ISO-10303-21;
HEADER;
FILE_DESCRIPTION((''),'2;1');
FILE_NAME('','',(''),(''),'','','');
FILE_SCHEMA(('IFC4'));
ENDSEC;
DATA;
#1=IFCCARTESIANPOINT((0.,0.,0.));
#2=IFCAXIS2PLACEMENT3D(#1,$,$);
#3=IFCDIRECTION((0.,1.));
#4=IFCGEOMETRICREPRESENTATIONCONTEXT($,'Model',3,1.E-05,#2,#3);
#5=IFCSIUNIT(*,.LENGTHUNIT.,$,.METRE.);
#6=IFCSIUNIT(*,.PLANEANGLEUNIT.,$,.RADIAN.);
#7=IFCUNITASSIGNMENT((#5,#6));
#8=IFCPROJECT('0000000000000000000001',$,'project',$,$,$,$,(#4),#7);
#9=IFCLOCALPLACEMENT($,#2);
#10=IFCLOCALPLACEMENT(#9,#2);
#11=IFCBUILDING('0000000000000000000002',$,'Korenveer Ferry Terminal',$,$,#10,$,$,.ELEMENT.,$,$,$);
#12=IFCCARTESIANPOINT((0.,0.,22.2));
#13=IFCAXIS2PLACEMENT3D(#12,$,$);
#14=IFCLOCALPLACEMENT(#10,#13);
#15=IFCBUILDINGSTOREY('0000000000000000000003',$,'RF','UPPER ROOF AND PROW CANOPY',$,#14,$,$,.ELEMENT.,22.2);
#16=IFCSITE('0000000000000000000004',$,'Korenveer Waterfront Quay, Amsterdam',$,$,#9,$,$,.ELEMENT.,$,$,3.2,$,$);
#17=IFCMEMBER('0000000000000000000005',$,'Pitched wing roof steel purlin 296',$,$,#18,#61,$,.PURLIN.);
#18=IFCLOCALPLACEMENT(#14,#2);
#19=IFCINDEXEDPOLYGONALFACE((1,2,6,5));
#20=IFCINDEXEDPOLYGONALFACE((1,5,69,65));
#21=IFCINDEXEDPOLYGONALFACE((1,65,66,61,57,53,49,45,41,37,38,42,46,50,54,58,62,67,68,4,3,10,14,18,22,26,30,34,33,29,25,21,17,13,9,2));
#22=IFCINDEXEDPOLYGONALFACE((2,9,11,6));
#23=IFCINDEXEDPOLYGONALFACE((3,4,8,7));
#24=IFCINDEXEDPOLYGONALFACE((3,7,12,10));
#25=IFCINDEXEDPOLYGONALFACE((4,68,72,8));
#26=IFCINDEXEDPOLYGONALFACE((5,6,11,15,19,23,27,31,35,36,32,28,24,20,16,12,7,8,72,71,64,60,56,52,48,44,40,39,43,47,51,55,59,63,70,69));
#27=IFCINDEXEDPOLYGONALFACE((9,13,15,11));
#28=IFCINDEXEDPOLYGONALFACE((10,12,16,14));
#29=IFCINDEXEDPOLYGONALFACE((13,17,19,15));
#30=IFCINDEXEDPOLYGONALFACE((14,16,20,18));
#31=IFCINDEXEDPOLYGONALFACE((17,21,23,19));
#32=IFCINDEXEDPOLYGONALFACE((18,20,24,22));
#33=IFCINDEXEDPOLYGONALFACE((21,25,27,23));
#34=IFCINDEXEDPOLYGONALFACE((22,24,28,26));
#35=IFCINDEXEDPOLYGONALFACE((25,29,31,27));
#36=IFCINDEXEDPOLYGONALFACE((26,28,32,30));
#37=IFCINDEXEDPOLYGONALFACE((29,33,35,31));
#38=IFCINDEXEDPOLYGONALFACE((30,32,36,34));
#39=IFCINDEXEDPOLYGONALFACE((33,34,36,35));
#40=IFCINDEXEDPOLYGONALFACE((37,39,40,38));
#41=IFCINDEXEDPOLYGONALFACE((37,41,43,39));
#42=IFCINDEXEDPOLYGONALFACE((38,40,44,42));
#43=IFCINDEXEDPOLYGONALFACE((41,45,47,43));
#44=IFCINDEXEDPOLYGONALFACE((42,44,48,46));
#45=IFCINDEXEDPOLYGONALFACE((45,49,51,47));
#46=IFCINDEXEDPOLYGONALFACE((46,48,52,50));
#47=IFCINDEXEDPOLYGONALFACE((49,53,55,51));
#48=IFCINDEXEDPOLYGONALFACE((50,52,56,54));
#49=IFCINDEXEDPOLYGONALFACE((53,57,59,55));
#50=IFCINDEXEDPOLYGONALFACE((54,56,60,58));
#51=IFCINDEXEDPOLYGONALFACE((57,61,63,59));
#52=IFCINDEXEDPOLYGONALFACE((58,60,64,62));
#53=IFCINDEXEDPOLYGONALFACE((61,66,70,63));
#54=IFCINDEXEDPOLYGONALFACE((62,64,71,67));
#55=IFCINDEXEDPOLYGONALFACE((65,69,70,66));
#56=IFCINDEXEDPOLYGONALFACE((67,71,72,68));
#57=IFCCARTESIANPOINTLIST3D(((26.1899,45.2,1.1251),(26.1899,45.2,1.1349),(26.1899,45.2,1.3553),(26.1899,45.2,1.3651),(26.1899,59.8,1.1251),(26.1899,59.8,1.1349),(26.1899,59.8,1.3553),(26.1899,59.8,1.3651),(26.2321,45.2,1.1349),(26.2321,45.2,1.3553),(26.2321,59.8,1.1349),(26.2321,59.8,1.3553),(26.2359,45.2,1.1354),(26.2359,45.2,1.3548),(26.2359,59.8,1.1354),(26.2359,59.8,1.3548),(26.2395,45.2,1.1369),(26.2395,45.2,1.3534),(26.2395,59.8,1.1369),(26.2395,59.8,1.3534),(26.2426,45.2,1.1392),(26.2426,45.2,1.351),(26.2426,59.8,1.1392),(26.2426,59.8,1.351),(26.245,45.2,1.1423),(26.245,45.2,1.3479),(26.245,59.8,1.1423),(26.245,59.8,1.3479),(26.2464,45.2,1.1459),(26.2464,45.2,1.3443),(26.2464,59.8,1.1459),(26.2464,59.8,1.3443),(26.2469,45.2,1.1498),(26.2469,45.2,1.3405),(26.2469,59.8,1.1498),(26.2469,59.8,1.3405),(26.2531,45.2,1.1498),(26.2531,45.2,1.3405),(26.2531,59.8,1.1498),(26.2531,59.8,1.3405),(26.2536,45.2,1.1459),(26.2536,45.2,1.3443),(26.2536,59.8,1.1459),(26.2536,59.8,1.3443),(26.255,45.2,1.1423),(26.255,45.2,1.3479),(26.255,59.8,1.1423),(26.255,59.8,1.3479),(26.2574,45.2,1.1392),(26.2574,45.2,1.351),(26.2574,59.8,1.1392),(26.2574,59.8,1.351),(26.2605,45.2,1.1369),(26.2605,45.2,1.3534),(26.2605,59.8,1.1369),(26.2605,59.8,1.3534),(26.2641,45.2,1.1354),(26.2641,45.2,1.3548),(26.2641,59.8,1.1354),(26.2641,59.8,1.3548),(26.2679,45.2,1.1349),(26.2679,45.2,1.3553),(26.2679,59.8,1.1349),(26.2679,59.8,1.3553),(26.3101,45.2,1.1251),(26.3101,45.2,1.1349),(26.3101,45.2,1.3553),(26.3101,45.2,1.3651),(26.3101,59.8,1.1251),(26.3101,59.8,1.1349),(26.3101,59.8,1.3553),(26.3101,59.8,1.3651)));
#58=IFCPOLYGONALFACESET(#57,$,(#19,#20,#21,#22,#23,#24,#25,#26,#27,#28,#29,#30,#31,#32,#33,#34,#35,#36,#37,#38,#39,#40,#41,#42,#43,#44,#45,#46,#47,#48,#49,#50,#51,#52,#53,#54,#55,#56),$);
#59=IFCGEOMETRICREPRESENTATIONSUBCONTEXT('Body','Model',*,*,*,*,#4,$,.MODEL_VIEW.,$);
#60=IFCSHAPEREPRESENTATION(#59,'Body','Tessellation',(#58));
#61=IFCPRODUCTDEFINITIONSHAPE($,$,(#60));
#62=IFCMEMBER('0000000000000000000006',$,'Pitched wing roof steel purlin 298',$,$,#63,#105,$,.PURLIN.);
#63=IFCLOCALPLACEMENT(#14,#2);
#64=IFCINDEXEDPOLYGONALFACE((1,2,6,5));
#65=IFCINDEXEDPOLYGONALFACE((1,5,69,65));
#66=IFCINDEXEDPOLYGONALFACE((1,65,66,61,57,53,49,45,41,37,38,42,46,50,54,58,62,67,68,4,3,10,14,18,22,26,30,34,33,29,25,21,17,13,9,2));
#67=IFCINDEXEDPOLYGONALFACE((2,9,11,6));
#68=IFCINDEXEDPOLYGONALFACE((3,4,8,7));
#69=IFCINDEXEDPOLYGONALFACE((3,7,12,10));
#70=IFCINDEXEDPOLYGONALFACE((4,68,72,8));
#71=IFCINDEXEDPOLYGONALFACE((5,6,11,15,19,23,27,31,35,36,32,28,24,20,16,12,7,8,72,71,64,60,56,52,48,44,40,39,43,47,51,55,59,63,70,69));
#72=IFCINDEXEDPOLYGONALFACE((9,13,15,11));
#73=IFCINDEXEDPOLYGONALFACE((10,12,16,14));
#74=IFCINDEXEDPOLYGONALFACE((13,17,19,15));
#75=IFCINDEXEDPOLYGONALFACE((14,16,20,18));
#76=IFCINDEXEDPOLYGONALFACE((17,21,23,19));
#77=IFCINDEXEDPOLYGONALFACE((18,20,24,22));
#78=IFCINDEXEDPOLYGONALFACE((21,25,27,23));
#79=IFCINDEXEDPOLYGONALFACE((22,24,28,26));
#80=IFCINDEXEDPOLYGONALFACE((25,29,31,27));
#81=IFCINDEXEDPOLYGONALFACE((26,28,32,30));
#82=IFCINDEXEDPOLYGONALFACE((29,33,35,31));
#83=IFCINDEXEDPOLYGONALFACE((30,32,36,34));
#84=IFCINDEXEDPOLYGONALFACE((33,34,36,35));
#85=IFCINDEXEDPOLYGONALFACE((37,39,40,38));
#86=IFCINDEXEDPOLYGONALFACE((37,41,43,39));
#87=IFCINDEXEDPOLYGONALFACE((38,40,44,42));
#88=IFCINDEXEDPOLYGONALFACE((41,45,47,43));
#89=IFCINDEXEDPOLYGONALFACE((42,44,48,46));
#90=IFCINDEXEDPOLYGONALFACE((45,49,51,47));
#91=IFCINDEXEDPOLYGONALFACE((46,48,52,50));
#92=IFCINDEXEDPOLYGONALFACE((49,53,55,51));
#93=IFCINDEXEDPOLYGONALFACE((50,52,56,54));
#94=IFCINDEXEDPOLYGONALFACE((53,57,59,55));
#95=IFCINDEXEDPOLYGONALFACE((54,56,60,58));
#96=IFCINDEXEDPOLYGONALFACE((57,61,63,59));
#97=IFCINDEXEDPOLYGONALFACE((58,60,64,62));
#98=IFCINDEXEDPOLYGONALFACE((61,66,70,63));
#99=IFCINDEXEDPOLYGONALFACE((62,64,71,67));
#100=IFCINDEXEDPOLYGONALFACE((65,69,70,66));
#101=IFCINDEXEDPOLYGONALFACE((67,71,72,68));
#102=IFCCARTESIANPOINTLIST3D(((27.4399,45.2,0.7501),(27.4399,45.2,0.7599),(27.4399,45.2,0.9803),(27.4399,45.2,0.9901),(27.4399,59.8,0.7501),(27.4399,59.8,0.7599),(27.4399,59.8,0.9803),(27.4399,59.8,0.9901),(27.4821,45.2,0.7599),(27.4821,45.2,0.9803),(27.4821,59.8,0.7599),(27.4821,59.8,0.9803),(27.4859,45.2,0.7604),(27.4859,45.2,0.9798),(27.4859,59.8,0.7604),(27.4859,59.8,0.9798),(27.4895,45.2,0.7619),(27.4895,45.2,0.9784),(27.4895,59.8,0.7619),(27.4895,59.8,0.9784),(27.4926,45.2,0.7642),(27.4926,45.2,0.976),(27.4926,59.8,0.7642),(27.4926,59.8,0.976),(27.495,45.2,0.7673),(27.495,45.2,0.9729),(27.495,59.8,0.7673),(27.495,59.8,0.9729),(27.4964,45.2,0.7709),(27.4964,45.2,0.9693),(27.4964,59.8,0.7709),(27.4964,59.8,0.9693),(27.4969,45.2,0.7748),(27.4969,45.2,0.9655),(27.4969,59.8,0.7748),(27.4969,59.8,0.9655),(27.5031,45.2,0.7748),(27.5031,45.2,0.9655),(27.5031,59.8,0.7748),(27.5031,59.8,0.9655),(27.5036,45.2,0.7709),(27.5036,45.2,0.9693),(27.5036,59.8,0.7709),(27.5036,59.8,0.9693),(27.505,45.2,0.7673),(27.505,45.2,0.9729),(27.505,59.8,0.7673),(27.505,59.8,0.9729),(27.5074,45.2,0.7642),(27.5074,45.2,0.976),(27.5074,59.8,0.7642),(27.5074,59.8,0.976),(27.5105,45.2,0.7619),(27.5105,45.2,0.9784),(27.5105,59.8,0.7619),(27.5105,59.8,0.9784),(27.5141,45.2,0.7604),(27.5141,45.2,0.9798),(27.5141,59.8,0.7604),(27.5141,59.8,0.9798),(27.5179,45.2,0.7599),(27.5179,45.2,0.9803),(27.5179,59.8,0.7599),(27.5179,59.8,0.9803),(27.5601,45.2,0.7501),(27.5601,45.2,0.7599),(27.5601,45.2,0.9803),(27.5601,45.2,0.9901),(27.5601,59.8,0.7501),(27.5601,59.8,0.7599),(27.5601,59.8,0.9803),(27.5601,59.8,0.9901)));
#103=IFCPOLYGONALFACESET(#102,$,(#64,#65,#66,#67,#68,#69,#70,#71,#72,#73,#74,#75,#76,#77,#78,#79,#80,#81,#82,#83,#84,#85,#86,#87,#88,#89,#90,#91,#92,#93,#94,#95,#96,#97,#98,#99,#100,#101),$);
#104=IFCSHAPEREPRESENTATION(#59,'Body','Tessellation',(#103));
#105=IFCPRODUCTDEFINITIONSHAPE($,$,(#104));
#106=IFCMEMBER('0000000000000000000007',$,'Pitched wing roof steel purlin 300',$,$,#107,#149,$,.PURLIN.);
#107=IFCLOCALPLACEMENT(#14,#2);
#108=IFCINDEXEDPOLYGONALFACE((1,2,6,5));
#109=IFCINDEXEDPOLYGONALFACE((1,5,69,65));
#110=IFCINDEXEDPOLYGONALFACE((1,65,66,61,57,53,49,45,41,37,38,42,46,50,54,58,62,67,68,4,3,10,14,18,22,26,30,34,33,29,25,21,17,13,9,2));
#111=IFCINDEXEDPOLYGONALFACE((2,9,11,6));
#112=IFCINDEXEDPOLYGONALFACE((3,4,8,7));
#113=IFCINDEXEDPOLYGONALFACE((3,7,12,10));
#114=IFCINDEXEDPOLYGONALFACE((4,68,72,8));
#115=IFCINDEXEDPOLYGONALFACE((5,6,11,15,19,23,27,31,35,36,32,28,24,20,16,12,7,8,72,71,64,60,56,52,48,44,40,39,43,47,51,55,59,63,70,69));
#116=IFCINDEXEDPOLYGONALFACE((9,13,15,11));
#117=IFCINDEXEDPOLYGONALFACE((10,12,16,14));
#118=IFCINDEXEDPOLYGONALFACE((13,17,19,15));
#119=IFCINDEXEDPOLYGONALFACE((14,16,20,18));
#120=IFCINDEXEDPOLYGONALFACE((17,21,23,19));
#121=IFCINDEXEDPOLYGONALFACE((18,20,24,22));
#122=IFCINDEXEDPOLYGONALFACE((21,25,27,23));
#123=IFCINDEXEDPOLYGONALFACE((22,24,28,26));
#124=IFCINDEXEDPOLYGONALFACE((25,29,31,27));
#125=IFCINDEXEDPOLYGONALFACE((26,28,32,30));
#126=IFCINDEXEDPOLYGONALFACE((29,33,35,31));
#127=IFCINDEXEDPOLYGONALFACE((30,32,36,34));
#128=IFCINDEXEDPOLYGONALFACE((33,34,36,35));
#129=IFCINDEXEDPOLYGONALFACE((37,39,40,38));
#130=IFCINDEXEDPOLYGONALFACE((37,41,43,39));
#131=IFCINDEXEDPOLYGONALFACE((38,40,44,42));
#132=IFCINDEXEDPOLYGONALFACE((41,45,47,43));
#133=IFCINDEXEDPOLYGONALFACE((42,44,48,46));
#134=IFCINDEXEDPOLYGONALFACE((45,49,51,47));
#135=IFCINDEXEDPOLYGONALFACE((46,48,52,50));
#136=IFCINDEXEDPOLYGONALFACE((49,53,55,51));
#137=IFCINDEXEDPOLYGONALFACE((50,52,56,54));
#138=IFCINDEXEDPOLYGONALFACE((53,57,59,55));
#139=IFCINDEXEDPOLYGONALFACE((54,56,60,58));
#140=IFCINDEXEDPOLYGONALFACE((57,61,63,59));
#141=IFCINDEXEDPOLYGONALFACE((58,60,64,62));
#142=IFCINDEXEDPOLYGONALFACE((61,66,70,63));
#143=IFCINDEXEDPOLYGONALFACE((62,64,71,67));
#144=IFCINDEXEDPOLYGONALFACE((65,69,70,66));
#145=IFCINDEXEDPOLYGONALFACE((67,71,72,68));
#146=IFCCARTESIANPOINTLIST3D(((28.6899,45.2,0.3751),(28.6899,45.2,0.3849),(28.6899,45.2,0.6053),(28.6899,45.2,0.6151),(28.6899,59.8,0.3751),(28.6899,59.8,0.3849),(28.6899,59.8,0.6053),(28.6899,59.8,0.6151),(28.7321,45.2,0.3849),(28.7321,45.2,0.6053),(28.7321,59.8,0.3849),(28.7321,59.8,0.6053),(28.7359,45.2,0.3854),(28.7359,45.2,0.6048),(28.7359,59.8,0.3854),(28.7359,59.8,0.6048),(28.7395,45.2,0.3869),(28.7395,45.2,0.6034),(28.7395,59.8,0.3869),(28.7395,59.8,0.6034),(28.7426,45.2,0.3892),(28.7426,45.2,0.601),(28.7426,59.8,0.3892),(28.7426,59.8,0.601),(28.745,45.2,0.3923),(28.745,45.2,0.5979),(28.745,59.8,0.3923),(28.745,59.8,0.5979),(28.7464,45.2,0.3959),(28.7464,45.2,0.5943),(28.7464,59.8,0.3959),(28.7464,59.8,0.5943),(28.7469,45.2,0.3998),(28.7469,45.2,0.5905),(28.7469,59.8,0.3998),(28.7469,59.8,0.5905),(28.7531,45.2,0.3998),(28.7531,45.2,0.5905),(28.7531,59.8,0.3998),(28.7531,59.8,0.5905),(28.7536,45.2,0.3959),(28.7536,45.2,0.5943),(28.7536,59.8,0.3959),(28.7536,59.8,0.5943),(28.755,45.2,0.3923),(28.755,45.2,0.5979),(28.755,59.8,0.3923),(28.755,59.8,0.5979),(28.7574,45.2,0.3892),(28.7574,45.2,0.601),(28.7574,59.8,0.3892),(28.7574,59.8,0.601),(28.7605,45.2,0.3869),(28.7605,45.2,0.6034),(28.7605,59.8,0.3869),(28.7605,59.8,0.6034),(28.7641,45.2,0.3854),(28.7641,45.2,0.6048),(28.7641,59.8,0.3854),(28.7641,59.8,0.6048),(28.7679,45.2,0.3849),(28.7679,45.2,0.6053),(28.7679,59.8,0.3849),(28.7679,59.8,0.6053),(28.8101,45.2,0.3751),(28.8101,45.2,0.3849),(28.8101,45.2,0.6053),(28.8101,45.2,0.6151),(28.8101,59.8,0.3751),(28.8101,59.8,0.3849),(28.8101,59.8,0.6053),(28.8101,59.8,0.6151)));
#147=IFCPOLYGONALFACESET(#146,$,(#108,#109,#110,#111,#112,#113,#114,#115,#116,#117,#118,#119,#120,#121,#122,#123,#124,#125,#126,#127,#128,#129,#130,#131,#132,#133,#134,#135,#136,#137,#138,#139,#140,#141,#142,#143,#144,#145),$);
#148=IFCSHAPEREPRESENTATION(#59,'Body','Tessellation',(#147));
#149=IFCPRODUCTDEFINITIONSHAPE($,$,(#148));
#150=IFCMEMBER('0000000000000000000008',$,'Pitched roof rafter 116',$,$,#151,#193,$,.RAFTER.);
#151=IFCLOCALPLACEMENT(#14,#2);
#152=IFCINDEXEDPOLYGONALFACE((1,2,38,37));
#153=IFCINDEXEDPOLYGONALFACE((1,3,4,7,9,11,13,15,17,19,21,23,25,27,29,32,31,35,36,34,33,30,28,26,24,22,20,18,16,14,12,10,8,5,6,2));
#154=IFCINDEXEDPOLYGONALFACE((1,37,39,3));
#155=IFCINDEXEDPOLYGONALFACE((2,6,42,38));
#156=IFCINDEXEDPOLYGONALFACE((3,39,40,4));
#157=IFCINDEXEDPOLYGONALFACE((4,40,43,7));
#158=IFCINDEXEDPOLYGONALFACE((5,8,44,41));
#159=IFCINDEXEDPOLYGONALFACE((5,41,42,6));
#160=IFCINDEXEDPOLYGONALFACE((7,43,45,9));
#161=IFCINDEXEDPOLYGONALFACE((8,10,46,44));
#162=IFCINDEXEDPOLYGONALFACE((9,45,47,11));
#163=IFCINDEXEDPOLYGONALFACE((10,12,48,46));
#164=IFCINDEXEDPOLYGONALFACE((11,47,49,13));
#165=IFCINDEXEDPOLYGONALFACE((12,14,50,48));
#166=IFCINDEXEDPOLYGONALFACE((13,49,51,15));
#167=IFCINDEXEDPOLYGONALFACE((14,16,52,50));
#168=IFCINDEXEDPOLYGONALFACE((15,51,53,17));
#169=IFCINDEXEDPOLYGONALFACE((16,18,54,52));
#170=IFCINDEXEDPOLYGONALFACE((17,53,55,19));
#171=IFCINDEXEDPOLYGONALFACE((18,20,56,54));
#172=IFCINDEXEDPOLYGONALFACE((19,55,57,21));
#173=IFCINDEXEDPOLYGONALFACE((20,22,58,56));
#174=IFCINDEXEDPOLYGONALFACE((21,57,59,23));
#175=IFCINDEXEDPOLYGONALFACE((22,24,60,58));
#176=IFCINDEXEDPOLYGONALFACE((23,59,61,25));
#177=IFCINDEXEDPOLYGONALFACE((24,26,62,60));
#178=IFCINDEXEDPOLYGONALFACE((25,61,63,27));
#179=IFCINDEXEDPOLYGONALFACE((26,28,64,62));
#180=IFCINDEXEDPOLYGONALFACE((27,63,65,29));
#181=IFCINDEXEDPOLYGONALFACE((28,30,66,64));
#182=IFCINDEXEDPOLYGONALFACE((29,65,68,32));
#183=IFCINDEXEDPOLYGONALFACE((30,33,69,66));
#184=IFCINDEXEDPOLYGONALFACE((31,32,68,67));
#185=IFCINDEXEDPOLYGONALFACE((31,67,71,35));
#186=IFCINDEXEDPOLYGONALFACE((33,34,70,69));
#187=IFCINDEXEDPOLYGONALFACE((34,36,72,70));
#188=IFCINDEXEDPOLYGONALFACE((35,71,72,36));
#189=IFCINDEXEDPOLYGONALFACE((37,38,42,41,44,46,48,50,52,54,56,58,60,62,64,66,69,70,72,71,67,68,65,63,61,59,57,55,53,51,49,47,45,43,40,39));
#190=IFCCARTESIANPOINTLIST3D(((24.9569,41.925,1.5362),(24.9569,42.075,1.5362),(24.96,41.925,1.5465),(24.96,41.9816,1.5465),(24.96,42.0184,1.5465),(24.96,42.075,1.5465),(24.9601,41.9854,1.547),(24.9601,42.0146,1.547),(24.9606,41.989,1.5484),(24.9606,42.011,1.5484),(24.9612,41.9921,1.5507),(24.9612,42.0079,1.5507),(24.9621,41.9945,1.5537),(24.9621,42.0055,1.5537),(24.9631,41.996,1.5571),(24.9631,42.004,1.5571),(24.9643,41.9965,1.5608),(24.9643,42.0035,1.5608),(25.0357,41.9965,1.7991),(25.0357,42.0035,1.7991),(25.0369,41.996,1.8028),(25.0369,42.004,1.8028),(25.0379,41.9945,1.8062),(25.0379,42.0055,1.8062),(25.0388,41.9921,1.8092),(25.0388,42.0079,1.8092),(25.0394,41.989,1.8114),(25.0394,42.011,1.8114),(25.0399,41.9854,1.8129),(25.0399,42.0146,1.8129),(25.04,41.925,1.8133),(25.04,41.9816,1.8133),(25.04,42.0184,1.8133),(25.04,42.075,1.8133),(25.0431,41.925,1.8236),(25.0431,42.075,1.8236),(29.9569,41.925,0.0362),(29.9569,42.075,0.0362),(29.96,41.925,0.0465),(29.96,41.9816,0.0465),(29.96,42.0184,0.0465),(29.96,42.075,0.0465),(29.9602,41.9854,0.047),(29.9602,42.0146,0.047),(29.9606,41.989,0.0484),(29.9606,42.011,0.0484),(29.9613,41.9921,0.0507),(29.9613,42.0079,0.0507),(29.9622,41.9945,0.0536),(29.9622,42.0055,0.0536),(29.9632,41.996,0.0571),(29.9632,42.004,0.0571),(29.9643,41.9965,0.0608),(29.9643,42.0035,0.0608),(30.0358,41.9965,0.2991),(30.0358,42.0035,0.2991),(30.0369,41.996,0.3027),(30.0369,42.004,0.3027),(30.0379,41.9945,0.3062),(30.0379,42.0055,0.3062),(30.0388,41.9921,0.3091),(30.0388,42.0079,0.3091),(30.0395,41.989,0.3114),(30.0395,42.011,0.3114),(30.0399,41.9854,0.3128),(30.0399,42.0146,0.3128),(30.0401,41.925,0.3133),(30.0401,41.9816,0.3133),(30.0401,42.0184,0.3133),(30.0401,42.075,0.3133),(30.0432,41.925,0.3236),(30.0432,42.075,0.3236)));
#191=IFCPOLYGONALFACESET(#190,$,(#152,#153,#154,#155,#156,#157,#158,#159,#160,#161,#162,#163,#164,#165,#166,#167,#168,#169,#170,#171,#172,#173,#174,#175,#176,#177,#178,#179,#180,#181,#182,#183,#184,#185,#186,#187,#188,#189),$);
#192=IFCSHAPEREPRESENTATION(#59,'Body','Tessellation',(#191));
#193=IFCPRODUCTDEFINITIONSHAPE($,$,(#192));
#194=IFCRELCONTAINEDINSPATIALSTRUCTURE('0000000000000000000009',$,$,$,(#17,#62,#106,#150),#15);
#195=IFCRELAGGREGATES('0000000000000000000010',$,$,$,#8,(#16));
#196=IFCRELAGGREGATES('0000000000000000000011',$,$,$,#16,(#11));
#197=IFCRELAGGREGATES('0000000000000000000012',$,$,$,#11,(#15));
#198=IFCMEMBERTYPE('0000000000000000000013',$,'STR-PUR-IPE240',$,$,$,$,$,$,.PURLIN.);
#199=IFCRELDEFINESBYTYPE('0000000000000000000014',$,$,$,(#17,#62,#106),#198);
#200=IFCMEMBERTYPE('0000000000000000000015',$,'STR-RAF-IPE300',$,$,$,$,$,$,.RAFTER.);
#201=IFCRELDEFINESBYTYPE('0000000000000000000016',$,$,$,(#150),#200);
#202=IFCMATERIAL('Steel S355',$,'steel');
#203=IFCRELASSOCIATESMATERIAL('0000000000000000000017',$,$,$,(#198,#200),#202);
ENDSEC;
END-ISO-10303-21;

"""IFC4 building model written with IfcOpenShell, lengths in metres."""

from ifc_helpers import new_model, si_unit, direction, frame, origin, origin_2d, place, context, subcontext, project, spatial, i_section, extrude, material, material_profile, profile_set, type_object, element, save


model = new_model("IFC4")

# Units and contexts
model_context = context("Model", 3, precision=1e-05, world=origin(), true_north=direction((0.0, 1.0)))
body_context = subcontext(model_context, "Body", "Model", "MODEL_VIEW")
ifc_project = project(units=[si_unit("LENGTHUNIT", "METRE"), si_unit("PLANEANGLEUNIT", "RADIAN")], contexts=[model_context])

# Site, building, storey
site_placement = place(None, origin())
site = spatial("IfcSite", under=ifc_project, at=site_placement, Name="Korenveer Waterfront Quay, Amsterdam", CompositionType="ELEMENT", RefElevation=3.2)
building_placement = place(site_placement, origin())
building = spatial("IfcBuilding", under=site, at=building_placement, Name="Korenveer Ferry Terminal", CompositionType="ELEMENT")
storey_placement = place(building_placement, frame((0.0, 0.0, 22.2)))
storey = spatial("IfcBuildingStorey", under=building, at=storey_placement, Name="RF", Description="UPPER ROOF AND PROW CANOPY", CompositionType="ELEMENT", Elevation=22.2)

# Shared definitions
ifc_material_1 = material(Name="Steel S355", Category="steel")

# Members
ifc_material_profile_1 = material_profile(ifc_material_1, i_section(OverallWidth=0.1201, OverallDepth=0.24, WebThickness=0.0061, FlangeThickness=0.0098, FilletRadius=0.0149, at=origin_2d()), Name="IPE 240")
ifc_profile_set_1 = profile_set([ifc_material_profile_1], Name="Steel S355")
member_type_1 = type_object("IfcMemberType", Name="STR-PUR-IPE240", PredefinedType="PURLIN", material=ifc_profile_set_1)
for number, where, z_axis, x_axis, name in (
    (1, (26.25, 45.2, 1.2451), (0.0, 1.0, 0.0), (-1.0, 0.0, 0.0), "Pitched wing roof steel purlin 296"),
    (2, (27.5, 45.2, 0.8701), (0.0, 1.0, 0.0), (-1.0, 0.0, 0.0), "Pitched wing roof steel purlin 298"),
    (3, (28.75, 45.2, 0.4951), (0.0, 1.0, 0.0), (-1.0, 0.0, 0.0), "Pitched wing roof steel purlin 300"),
):
    element("IfcMember", number, at=place(storey_placement, frame(where, z_axis=z_axis, x_axis=x_axis)), inside=storey, type_object=member_type_1, Name=name, PredefinedType="PURLIN", context=body_context, shape_type="SweptSolid", body=[
        extrude(i_section(OverallWidth=0.1201, OverallDepth=0.24, WebThickness=0.0061, FlangeThickness=0.0098, FilletRadius=0.0149, at=origin_2d()), origin(), (0.0, 0.0, 1.0), 14.6001),
    ])
ifc_material_profile_2 = material_profile(ifc_material_1, i_section(OverallWidth=0.1499, OverallDepth=0.3, WebThickness=0.0071, FlangeThickness=0.0107, FilletRadius=0.0149, at=origin_2d()), Name="IPE 300")
ifc_profile_set_2 = profile_set([ifc_material_profile_2], Name="Steel S355")
member_type_2 = type_object("IfcMemberType", Name="STR-RAF-IPE300", PredefinedType="RAFTER", material=ifc_profile_set_2)
for number, where, z_axis, x_axis, name in (
    (4, (25.0, 42.0, 1.6799), (0.957826, 0.0, -0.287348), (0.0, 1.0, 0.0), "Pitched roof rafter 116"),
):
    element("IfcMember", number, at=place(storey_placement, frame(where, z_axis=z_axis, x_axis=x_axis)), inside=storey, type_object=member_type_2, Name=name, PredefinedType="RAFTER", context=body_context, shape_type="SweptSolid", body=[
        extrude(i_section(OverallWidth=0.1499, OverallDepth=0.3, WebThickness=0.0071, FlangeThickness=0.0107, FilletRadius=0.0149, at=origin_2d()), origin(), (0.0, 0.0, 1.0), 5.2202),
    ])

save(model, "model.ifc")
